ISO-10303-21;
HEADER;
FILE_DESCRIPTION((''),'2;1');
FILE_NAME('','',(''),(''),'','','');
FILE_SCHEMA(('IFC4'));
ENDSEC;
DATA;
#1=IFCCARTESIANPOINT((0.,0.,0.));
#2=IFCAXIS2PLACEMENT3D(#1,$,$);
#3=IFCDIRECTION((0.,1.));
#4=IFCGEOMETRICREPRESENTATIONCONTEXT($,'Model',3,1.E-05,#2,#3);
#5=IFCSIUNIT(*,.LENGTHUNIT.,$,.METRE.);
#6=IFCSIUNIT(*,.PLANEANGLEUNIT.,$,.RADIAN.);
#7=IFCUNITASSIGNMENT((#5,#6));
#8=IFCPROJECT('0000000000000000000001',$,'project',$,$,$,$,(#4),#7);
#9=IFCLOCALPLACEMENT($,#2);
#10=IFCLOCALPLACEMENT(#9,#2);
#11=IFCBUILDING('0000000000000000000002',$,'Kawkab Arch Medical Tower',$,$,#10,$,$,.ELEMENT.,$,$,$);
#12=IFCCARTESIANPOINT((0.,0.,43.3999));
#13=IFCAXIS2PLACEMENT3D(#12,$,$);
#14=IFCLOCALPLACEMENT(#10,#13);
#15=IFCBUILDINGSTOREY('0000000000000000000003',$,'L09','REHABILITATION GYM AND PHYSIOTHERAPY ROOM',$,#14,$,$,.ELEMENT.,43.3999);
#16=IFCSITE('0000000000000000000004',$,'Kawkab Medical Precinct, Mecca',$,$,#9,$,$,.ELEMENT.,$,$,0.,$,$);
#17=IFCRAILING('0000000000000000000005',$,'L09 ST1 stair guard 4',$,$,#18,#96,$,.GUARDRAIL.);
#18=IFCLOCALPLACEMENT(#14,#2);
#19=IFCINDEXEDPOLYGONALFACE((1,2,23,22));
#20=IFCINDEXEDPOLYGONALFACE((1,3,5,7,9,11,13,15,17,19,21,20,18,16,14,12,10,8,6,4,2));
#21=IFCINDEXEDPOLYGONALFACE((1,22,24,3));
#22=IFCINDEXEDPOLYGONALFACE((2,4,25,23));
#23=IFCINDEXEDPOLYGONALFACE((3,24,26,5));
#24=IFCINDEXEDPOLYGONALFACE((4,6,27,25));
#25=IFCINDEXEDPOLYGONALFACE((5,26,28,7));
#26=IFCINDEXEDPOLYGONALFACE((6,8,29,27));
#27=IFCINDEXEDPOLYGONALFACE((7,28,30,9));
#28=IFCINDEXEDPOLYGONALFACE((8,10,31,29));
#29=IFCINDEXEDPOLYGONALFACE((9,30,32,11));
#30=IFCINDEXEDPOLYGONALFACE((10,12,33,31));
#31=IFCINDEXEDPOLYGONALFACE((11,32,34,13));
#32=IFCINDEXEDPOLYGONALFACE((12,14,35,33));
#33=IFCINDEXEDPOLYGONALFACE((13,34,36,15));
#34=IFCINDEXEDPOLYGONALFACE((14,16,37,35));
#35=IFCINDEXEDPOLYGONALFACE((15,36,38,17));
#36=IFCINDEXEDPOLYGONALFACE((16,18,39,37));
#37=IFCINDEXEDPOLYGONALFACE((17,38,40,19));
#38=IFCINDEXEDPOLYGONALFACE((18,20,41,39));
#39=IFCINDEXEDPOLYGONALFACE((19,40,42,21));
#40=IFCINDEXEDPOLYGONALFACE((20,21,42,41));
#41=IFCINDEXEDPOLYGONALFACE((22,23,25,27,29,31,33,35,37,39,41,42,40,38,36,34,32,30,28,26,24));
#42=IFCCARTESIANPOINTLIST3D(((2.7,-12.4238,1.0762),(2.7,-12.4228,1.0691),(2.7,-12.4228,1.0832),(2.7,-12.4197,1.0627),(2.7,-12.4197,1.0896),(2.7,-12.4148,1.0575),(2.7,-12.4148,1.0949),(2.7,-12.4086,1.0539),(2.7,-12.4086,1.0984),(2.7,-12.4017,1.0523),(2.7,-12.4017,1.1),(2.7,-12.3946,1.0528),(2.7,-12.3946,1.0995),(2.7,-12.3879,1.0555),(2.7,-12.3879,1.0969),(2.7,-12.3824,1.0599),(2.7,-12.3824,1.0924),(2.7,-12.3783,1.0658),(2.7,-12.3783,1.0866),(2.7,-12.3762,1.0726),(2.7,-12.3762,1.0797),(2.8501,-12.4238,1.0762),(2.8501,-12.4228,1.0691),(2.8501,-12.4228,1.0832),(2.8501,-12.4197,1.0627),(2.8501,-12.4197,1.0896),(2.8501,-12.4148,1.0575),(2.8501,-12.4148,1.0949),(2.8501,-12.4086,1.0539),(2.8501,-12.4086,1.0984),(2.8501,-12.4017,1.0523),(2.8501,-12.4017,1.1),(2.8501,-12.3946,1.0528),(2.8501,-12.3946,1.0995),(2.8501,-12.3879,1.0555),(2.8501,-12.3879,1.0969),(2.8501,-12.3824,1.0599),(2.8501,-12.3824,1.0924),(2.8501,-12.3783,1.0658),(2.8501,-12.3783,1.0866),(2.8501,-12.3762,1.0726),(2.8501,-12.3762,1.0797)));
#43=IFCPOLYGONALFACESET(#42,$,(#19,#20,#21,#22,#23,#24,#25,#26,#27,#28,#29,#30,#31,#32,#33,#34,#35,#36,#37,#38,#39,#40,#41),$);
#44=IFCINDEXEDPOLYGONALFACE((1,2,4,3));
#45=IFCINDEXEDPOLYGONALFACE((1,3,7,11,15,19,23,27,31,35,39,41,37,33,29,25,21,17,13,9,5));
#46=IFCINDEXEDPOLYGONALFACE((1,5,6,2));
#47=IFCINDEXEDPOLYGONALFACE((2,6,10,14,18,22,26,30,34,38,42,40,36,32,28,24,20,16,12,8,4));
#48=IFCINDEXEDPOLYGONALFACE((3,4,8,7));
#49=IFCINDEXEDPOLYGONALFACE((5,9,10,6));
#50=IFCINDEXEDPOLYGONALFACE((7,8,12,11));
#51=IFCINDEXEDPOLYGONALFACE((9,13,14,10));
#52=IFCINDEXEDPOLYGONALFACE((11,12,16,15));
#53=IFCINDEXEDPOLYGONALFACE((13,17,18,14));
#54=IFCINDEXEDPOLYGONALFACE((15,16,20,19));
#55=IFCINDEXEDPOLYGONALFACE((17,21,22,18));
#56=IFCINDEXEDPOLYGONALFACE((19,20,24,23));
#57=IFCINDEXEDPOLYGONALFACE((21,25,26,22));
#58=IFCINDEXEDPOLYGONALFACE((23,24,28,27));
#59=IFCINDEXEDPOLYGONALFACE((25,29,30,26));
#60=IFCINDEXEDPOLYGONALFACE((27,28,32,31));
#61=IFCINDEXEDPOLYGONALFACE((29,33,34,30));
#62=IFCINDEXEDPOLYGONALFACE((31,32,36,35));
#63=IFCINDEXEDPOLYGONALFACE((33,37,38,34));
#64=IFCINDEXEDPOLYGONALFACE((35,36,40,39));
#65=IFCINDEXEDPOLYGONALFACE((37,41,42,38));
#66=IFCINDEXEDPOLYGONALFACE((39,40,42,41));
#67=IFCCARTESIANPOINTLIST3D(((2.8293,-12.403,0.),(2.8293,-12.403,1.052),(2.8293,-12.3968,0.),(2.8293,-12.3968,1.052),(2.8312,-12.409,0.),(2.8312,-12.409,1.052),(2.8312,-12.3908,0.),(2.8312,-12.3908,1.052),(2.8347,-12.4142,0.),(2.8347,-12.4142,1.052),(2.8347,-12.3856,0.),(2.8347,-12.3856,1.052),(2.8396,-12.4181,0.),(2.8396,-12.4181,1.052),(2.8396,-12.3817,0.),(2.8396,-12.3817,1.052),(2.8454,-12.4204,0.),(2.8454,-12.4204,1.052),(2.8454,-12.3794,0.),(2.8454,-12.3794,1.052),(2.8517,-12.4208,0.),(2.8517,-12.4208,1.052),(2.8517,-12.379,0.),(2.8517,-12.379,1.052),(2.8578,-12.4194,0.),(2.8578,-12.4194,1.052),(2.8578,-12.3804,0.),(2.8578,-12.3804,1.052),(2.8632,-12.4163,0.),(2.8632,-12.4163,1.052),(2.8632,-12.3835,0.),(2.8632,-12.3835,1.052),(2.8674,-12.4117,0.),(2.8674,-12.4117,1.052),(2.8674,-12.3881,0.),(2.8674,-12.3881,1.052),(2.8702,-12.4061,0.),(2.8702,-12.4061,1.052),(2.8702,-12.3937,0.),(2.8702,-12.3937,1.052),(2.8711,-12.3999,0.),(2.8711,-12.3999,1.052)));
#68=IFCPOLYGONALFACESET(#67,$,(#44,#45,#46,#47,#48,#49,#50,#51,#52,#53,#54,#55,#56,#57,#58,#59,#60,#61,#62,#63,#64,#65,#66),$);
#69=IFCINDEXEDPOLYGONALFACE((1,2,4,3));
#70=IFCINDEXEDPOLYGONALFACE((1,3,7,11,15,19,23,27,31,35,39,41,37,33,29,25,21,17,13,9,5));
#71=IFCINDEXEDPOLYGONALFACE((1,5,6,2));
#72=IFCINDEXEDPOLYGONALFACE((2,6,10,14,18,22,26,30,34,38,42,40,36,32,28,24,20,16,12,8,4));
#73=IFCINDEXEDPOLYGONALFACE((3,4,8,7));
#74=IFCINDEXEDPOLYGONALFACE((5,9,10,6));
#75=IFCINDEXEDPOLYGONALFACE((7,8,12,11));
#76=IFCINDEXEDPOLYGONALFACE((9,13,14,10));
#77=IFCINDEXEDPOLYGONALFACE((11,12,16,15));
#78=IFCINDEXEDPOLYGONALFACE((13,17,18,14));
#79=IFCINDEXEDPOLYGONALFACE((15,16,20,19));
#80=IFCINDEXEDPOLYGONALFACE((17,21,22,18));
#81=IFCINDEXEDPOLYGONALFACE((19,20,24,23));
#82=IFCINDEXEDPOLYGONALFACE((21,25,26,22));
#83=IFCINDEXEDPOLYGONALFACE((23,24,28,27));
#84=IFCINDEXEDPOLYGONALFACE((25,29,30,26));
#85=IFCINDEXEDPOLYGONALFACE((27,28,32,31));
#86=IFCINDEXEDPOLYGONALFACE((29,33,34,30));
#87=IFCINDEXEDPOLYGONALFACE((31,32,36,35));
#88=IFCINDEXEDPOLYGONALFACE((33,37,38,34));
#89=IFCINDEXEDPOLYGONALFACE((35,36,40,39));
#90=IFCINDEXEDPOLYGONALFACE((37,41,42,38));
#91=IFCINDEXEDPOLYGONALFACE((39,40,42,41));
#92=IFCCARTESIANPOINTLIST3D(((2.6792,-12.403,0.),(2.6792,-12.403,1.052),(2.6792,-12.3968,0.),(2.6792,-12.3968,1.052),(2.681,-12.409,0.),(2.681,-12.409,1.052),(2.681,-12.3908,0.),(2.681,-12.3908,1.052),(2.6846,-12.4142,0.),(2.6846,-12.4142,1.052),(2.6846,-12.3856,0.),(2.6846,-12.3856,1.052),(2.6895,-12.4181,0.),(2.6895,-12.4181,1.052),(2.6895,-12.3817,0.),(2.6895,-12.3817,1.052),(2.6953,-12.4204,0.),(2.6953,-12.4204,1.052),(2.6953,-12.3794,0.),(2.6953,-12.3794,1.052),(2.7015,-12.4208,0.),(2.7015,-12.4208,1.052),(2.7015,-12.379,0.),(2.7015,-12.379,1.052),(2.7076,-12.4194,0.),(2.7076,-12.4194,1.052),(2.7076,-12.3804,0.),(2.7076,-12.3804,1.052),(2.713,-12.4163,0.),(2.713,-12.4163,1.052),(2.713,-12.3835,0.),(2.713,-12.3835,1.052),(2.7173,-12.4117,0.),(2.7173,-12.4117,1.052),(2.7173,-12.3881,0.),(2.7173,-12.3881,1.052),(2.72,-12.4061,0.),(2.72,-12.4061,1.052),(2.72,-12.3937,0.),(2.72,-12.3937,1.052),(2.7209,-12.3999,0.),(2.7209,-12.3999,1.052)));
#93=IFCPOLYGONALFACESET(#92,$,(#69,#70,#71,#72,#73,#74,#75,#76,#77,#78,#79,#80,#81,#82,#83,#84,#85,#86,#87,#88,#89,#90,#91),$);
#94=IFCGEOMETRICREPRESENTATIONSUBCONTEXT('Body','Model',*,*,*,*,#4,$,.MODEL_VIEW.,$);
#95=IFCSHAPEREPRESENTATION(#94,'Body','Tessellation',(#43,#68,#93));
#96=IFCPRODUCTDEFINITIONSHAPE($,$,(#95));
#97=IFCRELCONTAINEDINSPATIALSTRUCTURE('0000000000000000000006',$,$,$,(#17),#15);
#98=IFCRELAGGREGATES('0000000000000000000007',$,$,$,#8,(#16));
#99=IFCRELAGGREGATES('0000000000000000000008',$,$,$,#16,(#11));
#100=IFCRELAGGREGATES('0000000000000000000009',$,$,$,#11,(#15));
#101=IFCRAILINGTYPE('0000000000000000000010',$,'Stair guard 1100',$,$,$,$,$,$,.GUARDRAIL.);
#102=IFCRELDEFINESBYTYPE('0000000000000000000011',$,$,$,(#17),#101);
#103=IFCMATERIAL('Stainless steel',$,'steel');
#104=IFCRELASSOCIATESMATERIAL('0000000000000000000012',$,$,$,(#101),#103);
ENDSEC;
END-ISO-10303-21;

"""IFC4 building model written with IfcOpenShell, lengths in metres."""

from ifc_helpers import new_model, si_unit, direction, frame, origin, origin_2d, place, context, subcontext, project, spatial, circle, extrude, material, type_object, element, save


model = new_model("IFC4")

# Units and contexts
model_context = context("Model", 3, precision=1e-05, world=origin(), true_north=direction((0.0, 1.0)))
body_context = subcontext(model_context, "Body", "Model", "MODEL_VIEW")
ifc_project = project(units=[si_unit("LENGTHUNIT", "METRE"), si_unit("PLANEANGLEUNIT", "RADIAN")], contexts=[model_context])

# Site, building, storey
site_placement = place(None, origin())
site = spatial("IfcSite", under=ifc_project, at=site_placement, Name="Kawkab Medical Precinct, Mecca", CompositionType="ELEMENT", RefElevation=0.0)
building_placement = place(site_placement, origin())
building = spatial("IfcBuilding", under=site, at=building_placement, Name="Kawkab Arch Medical Tower", CompositionType="ELEMENT")
storey_placement = place(building_placement, frame((0.0, 0.0, 43.3999)))
storey = spatial("IfcBuildingStorey", under=building, at=storey_placement, Name="L09", Description="REHABILITATION GYM AND PHYSIOTHERAPY ROOM", CompositionType="ELEMENT", Elevation=43.3999)

# Railing
ifc_material_1 = material(Name="Stainless steel", Category="steel")
railing_type_1 = type_object("IfcRailingType", Name="Stair guard 1100", PredefinedType="GUARDRAIL", material=ifc_material_1)
railing_1_placement = place(storey_placement, frame((2.8501, -12.3999, 0.0)))
element("IfcRailing", 1, at=railing_1_placement, inside=storey, type_object=railing_type_1, Name="L09 ST1 stair guard 4", PredefinedType="GUARDRAIL", context=body_context, shape_type="SweptSolid", body=[
    extrude(circle(Radius=0.0239, at=origin_2d()), frame((0.0, 0.0, 1.0762), z_axis=(-1.0, 0.0, 0.0), x_axis=(0.0, -1.0, 0.0)), (0.0, 0.0, 1.0), 0.1501),
    extrude(circle(Radius=0.021, at=origin_2d()), origin(), (0.0, 0.0, 1.0), 1.052),
    extrude(circle(Radius=0.021, at=origin_2d()), frame((-0.1501, 0.0, 0.0)), (0.0, 0.0, 1.0), 1.052),
])

save(model, "model.ifc")
